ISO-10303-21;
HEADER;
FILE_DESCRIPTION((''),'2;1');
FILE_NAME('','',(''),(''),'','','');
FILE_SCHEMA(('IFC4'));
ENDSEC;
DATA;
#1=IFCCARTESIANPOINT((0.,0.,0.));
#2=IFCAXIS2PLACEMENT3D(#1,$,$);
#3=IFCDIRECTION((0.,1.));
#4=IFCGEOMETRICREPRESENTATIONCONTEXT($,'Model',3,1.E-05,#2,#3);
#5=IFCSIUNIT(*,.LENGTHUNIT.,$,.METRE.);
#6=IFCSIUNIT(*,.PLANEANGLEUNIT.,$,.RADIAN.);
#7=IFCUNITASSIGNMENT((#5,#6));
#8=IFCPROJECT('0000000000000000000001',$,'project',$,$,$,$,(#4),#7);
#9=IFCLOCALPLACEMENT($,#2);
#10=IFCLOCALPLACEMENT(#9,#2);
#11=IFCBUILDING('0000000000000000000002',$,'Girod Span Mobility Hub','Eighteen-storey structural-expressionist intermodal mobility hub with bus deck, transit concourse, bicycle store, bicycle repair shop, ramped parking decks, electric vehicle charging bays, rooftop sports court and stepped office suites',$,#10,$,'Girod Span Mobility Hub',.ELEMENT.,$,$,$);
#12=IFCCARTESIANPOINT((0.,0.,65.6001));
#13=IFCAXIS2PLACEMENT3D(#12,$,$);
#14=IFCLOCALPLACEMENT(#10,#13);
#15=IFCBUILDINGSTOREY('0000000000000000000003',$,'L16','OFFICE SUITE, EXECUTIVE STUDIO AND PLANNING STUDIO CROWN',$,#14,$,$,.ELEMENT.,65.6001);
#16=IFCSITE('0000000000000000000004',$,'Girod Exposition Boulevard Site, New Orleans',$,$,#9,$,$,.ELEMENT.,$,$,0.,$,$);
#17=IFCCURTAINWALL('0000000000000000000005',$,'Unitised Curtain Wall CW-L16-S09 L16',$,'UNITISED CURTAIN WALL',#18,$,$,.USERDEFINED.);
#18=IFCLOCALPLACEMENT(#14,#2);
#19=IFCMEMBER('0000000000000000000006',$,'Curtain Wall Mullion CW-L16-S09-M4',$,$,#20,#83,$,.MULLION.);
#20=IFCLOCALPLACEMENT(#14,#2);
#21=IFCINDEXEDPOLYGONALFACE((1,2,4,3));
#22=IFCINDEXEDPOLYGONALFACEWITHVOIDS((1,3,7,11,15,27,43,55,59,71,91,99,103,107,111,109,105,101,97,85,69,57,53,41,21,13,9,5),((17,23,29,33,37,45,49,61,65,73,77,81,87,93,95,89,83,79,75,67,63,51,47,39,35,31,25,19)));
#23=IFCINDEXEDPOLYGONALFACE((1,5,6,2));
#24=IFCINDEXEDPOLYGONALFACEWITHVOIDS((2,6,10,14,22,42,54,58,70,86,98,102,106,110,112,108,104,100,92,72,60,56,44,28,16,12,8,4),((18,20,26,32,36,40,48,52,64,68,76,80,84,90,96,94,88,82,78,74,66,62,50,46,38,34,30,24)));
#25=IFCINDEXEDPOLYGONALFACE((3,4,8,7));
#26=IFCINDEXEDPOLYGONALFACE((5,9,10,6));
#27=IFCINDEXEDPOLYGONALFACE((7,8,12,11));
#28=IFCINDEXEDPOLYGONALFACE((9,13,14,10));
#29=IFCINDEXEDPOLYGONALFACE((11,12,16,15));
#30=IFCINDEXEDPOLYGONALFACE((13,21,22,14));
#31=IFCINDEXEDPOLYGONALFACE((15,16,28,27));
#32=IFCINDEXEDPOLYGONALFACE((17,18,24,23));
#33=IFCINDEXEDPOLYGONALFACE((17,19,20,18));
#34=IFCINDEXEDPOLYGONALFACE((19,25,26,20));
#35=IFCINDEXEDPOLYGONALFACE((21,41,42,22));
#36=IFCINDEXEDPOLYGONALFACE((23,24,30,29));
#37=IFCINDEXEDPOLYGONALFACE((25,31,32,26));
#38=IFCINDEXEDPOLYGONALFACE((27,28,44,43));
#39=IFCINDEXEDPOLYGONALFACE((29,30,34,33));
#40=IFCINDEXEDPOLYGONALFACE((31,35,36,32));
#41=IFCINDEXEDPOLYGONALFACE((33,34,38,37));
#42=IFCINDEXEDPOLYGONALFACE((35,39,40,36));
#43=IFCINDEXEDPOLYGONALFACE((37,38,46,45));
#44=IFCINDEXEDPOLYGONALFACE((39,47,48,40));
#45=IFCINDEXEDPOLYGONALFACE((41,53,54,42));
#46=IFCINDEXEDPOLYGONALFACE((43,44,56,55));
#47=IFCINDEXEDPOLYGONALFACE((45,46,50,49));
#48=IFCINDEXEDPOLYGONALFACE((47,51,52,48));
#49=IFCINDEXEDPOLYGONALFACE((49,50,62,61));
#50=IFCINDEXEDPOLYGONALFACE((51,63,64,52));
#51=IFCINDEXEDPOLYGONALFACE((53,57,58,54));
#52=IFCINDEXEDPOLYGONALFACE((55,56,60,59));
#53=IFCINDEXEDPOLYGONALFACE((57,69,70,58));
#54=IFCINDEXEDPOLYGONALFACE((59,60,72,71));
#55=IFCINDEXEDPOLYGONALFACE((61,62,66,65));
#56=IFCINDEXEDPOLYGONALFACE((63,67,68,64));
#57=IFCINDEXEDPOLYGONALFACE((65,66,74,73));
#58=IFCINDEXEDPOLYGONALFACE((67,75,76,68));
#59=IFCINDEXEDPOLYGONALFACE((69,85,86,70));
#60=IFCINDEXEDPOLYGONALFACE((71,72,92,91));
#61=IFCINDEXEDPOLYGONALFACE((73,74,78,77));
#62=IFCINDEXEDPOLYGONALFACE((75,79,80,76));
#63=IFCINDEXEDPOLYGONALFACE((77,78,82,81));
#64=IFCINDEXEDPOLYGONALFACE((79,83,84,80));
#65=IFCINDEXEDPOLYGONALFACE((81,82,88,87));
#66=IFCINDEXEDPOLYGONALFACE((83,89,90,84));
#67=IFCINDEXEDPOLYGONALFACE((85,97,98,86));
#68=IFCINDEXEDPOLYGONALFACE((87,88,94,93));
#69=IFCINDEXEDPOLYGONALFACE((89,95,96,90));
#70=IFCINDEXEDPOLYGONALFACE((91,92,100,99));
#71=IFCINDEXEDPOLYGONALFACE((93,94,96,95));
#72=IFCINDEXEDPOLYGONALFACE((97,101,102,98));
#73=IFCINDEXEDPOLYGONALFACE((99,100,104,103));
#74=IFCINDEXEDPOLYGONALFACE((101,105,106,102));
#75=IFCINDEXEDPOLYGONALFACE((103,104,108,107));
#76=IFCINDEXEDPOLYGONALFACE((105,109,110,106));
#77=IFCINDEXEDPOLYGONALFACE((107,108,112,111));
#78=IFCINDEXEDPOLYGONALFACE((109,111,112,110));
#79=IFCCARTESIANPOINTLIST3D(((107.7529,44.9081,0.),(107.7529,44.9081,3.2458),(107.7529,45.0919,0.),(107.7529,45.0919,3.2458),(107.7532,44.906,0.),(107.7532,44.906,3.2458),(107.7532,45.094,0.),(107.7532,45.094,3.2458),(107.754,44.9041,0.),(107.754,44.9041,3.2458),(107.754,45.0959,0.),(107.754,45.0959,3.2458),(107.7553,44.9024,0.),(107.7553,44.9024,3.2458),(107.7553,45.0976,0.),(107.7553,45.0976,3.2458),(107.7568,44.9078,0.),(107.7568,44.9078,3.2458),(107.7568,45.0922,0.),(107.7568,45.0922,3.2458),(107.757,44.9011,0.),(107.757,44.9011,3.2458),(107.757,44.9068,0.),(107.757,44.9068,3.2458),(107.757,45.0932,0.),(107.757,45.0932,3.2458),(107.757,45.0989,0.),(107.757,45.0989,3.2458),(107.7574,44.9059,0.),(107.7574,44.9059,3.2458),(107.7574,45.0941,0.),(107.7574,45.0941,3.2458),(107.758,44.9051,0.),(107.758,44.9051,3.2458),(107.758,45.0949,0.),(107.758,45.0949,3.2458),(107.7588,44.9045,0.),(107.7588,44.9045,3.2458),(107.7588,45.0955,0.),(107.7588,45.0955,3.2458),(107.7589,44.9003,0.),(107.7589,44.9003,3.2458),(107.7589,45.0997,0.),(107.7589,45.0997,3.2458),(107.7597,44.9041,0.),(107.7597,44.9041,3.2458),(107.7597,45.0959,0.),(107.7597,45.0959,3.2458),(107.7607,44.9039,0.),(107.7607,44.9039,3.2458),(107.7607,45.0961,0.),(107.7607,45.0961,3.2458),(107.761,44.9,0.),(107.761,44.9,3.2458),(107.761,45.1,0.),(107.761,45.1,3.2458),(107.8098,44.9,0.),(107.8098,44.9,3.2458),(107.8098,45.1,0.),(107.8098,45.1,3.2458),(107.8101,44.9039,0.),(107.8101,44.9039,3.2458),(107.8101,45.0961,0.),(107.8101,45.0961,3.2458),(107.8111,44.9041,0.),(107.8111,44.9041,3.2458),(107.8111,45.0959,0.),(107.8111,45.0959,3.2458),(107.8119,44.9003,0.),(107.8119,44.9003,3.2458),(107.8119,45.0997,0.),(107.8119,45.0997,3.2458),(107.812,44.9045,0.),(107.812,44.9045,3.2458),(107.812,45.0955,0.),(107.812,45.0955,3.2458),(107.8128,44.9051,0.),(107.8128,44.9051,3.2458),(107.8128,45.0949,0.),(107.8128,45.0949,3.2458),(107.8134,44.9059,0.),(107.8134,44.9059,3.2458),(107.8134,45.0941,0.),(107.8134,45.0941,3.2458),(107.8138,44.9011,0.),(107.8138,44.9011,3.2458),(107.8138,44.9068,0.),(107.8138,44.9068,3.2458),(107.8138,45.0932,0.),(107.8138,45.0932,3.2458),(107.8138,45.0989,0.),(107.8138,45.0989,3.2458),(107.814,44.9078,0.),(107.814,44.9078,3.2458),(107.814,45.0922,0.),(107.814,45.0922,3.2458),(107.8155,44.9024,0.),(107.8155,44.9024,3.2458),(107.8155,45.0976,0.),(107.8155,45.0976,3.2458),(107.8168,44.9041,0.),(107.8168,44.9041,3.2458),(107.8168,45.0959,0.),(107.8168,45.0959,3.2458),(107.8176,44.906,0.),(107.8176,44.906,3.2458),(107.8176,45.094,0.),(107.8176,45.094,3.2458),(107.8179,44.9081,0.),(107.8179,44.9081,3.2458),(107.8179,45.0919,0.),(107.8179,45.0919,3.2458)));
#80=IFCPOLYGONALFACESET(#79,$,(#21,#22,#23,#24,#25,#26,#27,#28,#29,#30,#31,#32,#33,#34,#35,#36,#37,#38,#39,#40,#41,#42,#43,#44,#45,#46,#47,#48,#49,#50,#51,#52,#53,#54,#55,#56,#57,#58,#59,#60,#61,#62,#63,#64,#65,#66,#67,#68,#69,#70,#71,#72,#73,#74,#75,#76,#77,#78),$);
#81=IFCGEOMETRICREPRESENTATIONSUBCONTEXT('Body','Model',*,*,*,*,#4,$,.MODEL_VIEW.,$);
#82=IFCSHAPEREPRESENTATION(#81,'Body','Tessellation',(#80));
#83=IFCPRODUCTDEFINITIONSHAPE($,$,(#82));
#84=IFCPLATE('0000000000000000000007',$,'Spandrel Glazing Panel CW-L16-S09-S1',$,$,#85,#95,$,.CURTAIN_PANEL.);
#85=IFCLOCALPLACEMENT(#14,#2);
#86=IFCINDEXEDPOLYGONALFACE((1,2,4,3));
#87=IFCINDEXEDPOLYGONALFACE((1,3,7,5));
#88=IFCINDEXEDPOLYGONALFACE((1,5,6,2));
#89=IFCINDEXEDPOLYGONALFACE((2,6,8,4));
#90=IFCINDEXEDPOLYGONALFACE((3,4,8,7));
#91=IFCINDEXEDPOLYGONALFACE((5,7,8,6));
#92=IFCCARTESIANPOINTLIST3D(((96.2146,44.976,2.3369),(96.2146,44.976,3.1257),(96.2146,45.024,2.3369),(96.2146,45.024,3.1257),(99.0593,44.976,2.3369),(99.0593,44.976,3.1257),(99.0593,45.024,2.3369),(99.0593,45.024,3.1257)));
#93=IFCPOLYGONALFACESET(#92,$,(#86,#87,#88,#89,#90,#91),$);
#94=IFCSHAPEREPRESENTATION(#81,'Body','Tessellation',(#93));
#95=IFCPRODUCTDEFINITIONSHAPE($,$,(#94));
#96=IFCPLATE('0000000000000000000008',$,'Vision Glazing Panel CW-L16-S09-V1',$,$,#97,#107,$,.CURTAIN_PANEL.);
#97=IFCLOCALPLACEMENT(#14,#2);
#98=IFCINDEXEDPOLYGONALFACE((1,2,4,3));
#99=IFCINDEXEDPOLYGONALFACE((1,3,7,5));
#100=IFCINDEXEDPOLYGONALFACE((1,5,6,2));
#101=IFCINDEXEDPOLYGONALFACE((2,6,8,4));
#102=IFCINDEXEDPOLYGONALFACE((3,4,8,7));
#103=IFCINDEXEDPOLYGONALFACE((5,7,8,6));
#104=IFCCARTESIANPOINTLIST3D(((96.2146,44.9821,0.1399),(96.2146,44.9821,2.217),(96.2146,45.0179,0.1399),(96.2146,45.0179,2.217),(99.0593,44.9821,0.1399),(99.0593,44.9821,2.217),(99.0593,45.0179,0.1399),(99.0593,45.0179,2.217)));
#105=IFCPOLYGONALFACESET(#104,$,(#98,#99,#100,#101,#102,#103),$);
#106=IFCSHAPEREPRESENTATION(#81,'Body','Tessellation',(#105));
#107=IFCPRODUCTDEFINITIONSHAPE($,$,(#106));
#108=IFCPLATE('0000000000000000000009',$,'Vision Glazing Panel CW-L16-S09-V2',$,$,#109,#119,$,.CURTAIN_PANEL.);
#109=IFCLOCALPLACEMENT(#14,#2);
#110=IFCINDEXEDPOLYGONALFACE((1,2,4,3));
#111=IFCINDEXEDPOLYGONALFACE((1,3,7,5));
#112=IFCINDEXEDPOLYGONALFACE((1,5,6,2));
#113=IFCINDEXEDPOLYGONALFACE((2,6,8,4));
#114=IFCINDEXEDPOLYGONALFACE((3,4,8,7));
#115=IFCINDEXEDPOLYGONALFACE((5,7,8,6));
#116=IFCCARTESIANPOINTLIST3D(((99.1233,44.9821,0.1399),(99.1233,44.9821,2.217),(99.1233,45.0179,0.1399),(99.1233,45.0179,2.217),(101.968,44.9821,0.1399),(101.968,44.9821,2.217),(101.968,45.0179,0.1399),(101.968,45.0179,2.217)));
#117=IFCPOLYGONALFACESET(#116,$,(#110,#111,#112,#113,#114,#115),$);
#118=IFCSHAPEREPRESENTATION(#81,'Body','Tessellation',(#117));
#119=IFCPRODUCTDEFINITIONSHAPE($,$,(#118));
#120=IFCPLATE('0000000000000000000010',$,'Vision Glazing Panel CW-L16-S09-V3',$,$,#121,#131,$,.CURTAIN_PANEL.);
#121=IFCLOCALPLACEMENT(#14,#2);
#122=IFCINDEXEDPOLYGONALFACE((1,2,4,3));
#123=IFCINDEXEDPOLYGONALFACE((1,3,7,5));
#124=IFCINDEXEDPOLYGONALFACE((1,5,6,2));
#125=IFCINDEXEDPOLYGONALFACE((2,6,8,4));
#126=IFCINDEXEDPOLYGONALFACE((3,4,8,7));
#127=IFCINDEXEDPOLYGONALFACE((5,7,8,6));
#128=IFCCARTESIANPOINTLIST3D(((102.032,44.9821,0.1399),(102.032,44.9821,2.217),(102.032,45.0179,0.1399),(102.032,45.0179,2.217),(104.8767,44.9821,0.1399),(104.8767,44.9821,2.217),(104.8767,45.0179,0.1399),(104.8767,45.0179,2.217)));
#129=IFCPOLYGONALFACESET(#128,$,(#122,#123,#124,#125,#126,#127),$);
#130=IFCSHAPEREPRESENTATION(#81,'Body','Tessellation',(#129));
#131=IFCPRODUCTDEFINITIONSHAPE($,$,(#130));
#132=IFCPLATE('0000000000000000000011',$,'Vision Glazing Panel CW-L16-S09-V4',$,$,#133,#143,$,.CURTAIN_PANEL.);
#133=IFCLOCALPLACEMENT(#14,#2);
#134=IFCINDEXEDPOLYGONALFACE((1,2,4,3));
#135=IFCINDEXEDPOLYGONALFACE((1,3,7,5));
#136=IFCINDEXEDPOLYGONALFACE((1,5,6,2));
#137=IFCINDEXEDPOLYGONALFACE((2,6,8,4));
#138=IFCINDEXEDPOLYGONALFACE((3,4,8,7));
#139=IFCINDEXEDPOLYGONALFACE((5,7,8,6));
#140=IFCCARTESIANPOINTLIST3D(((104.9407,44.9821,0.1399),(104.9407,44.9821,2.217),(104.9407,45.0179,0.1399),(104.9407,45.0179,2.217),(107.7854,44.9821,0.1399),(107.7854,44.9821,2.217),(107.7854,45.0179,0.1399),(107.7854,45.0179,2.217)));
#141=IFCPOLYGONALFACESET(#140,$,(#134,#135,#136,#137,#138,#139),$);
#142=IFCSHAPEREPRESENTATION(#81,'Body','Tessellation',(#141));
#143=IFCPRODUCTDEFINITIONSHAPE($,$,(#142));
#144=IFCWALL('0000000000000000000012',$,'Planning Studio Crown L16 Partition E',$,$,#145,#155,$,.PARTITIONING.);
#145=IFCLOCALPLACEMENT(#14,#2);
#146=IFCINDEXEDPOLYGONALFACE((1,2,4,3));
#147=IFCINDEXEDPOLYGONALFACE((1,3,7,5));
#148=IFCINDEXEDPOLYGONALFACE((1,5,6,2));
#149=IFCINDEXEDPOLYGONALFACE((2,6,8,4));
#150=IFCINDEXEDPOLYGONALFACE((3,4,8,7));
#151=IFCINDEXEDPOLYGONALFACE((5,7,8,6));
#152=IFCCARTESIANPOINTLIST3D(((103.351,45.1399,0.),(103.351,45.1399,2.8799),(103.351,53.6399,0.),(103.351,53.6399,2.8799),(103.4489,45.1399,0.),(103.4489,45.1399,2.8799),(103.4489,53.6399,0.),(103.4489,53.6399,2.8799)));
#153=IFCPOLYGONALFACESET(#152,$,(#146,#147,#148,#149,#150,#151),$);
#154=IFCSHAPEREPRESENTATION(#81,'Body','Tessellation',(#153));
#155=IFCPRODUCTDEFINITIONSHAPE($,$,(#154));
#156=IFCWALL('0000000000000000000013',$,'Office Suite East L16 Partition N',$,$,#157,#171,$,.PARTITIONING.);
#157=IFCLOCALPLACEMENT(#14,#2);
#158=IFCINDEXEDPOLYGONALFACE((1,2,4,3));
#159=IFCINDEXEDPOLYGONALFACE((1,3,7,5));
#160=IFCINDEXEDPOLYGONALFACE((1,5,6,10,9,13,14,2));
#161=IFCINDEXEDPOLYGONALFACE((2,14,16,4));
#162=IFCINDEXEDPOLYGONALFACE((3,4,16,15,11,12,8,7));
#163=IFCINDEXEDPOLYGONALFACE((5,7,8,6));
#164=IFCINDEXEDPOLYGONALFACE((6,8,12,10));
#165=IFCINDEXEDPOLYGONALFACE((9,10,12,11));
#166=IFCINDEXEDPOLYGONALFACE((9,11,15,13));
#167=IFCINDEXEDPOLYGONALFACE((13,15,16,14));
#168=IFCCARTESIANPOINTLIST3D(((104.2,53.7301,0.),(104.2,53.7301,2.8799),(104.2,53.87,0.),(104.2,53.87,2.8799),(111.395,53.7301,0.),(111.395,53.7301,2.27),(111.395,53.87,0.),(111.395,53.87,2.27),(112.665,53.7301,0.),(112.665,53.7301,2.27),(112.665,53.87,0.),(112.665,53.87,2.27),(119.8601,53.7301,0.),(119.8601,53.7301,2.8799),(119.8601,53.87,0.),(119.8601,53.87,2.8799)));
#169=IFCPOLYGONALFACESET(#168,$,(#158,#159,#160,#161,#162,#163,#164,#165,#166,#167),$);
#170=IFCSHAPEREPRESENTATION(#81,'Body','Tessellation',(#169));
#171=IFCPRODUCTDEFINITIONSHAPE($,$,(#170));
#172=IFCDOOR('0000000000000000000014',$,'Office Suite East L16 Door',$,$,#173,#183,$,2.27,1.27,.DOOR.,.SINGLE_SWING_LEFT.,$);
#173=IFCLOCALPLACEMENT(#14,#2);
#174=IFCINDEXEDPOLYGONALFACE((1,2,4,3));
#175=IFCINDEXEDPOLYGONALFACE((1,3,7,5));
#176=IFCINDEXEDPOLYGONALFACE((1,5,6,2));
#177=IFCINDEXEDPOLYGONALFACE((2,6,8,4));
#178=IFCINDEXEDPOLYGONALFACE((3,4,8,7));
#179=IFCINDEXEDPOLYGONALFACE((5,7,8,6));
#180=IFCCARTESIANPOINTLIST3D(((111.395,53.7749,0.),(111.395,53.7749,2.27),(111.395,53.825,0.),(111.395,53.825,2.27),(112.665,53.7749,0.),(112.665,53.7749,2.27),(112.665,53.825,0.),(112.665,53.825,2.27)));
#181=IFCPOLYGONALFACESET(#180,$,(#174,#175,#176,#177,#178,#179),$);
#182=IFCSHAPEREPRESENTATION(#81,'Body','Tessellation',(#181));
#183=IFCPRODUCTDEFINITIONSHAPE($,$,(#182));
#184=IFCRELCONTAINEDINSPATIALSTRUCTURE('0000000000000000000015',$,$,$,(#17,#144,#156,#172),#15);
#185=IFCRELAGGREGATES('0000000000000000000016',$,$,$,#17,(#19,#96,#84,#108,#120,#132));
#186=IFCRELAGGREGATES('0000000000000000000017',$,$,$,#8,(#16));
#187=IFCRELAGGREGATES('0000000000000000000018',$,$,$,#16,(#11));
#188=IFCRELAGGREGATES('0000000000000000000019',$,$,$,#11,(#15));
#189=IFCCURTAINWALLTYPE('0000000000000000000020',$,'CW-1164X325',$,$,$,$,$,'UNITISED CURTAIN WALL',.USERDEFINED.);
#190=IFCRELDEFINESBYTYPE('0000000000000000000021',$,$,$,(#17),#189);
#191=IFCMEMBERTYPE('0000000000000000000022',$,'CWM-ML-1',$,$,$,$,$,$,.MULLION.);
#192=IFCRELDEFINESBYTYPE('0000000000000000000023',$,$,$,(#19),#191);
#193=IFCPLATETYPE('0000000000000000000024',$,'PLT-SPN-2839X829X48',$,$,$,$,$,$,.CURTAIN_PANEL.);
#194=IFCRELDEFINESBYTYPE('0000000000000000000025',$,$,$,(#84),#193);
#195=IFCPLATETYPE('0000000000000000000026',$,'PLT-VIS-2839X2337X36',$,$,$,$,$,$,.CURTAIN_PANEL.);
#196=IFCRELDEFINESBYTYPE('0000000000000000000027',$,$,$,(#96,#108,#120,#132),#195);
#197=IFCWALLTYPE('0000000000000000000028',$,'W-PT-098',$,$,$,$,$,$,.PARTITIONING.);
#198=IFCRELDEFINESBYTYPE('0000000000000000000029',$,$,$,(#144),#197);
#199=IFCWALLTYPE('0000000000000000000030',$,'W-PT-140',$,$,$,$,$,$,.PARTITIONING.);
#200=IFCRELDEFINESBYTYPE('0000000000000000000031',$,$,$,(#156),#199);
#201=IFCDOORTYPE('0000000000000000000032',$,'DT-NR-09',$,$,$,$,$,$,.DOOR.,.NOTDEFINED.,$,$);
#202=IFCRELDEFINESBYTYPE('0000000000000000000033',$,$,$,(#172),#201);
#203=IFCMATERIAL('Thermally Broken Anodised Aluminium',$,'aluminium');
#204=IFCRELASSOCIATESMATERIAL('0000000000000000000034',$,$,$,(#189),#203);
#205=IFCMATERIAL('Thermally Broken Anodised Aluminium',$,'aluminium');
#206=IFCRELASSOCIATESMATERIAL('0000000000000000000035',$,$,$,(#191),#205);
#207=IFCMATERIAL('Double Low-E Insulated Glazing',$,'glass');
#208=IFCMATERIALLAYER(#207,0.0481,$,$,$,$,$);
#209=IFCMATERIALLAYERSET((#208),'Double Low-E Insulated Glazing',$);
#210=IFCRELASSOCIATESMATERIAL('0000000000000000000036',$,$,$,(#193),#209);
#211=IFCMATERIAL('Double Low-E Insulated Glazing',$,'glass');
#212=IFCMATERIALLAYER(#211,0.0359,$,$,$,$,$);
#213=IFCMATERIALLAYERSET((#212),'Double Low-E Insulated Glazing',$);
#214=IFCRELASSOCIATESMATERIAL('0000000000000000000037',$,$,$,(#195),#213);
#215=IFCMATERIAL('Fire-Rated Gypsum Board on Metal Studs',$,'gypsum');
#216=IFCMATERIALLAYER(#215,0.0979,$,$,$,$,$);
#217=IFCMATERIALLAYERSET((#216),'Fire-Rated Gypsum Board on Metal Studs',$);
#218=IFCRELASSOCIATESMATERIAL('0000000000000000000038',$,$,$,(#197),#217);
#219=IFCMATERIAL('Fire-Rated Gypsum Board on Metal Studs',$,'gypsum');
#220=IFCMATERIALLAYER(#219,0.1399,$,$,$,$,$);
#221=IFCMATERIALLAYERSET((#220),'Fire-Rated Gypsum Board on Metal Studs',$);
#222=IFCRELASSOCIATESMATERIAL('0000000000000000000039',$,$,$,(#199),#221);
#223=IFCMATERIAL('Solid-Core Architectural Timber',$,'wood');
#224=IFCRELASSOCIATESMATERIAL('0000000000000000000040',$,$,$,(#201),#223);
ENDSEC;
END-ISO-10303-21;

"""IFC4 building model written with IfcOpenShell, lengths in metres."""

from ifc_helpers import new_model, si_unit, direction, frame, frame_2d, origin, origin_2d, place, context, subcontext, project, spatial, rectangle, hollow_rectangle, extrude, material, layer, layer_set, material_profile, profile_set, type_object, element, fill, aggregate, save


model = new_model("IFC4")

# Units and contexts
model_context = context("Model", 3, precision=1e-05, world=origin(), true_north=direction((0.0, 1.0)))
body_context = subcontext(model_context, "Body", "Model", "MODEL_VIEW")
ifc_project = project(units=[si_unit("LENGTHUNIT", "METRE"), si_unit("PLANEANGLEUNIT", "RADIAN")], contexts=[model_context])

# Site, building, storey
site_placement = place(None, origin())
site = spatial("IfcSite", under=ifc_project, at=site_placement, Name="Girod Exposition Boulevard Site, New Orleans", CompositionType="ELEMENT", RefElevation=0.0)
building_placement = place(site_placement, origin())
building = spatial("IfcBuilding", under=site, at=building_placement, Name="Girod Span Mobility Hub", Description="Eighteen-storey structural-expressionist intermodal mobility hub with bus deck, transit concourse, bicycle store, bicycle repair shop, ramped parking decks, electric vehicle charging bays, rooftop sports court and stepped office suites", LongName="Girod Span Mobility Hub", CompositionType="ELEMENT")
storey_placement = place(building_placement, frame((0.0, 0.0, 65.6001)))
storey = spatial("IfcBuildingStorey", under=building, at=storey_placement, Name="L16", Description="OFFICE SUITE, EXECUTIVE STUDIO AND PLANNING STUDIO CROWN", CompositionType="ELEMENT", Elevation=65.6001)

# Curtain wall, member, plates
ifc_material_1 = material(Name="Thermally Broken Anodised Aluminium", Category="aluminium")
curtain_wall_type = type_object("IfcCurtainWallType", Name="CW-1164X325", ElementType="UNITISED CURTAIN WALL", PredefinedType="USERDEFINED", material=ifc_material_1)
curtain_wall_placement = place(storey_placement, origin())
curtain_wall = element("IfcCurtainWall", 1, at=curtain_wall_placement, inside=storey, type_object=curtain_wall_type, Name="Unitised Curtain Wall CW-L16-S09 L16", ObjectType="UNITISED CURTAIN WALL", PredefinedType="USERDEFINED")
ifc_material_2 = material(Name="Thermally Broken Anodised Aluminium", Category="aluminium")
ifc_material_profile_1 = material_profile(ifc_material_2, hollow_rectangle(XDim=0.2, YDim=0.0649, WallThickness=0.0039, InnerFilletRadius=0.0039, OuterFilletRadius=0.0081, at=origin_2d()), Name="CW-ML-65X200")
ifc_profile_set_1 = profile_set([ifc_material_profile_1], Name="Thermally Broken Anodised Aluminium")
member_type = type_object("IfcMemberType", Name="CWM-ML-1", PredefinedType="MULLION", material=ifc_profile_set_1)
member_1_placement = place(storey_placement, frame((107.7854, 45.0, 0.0), z_axis=(0.0, 0.0, 1.0), x_axis=(0.0, 1.0, 0.0)))
member_1 = element("IfcMember", 2, at=member_1_placement, type_object=member_type, Name="Curtain Wall Mullion CW-L16-S09-M4", PredefinedType="MULLION", context=body_context, shape_type="SweptSolid", body=[
    extrude(hollow_rectangle(XDim=0.2, YDim=0.0649, WallThickness=0.0039, InnerFilletRadius=0.0039, OuterFilletRadius=0.0081, at=origin_2d()), origin(), (0.0, 0.0, 1.0), 3.2458),
])
ifc_material_3 = material(Name="Double Low-E Insulated Glazing", Category="glass")
ifc_layer_1 = layer(ifc_material_3, 0.0481)
ifc_layer_set_1 = layer_set([ifc_layer_1], Name="Double Low-E Insulated Glazing")
plate_type_1 = type_object("IfcPlateType", Name="PLT-SPN-2839X829X48", PredefinedType="CURTAIN_PANEL", material=ifc_layer_set_1)
plate_1_placement = place(storey_placement, frame((97.637, 45.0, 2.3369), z_axis=(0.0, 0.0, 1.0), x_axis=(1.0, 0.0, 0.0)))
plate_1 = element("IfcPlate", 3, at=plate_1_placement, type_object=plate_type_1, Name="Spandrel Glazing Panel CW-L16-S09-S1", PredefinedType="CURTAIN_PANEL", context=body_context, shape_type="SweptSolid", body=[
    extrude(rectangle(XDim=2.8447, YDim=0.0481, at=origin_2d()), origin(), (0.0, 0.0, 1.0), 0.7888),
])
ifc_material_4 = material(Name="Double Low-E Insulated Glazing", Category="glass")
ifc_layer_2 = layer(ifc_material_4, 0.0359)
ifc_layer_set_2 = layer_set([ifc_layer_2], Name="Double Low-E Insulated Glazing")
plate_type_2 = type_object("IfcPlateType", Name="PLT-VIS-2839X2337X36", PredefinedType="CURTAIN_PANEL", material=ifc_layer_set_2)
plate_2_placement = place(storey_placement, frame((97.637, 45.0, 0.1399), z_axis=(0.0, 0.0, 1.0), x_axis=(1.0, 0.0, 0.0)))
plate_2 = element("IfcPlate", 4, at=plate_2_placement, type_object=plate_type_2, Name="Vision Glazing Panel CW-L16-S09-V1", PredefinedType="CURTAIN_PANEL", context=body_context, shape_type="SweptSolid", body=[
    extrude(rectangle(XDim=2.8447, YDim=0.0359, at=origin_2d()), origin(), (0.0, 0.0, 1.0), 2.0771),
])
plate_3_placement = place(storey_placement, frame((100.5457, 45.0, 0.1399), z_axis=(0.0, 0.0, 1.0), x_axis=(1.0, 0.0, 0.0)))
plate_3 = element("IfcPlate", 5, at=plate_3_placement, type_object=plate_type_2, Name="Vision Glazing Panel CW-L16-S09-V2", PredefinedType="CURTAIN_PANEL", context=body_context, shape_type="SweptSolid", body=[
    extrude(rectangle(XDim=2.8447, YDim=0.0359, at=origin_2d()), origin(), (0.0, 0.0, 1.0), 2.0771),
])
plate_4_placement = place(storey_placement, frame((103.4543, 45.0, 0.1399), z_axis=(0.0, 0.0, 1.0), x_axis=(1.0, 0.0, 0.0)))
plate_4 = element("IfcPlate", 6, at=plate_4_placement, type_object=plate_type_2, Name="Vision Glazing Panel CW-L16-S09-V3", PredefinedType="CURTAIN_PANEL", context=body_context, shape_type="SweptSolid", body=[
    extrude(rectangle(XDim=2.8447, YDim=0.0359, at=origin_2d()), origin(), (0.0, 0.0, 1.0), 2.0771),
])
plate_5_placement = place(storey_placement, frame((106.363, 45.0, 0.1399), z_axis=(0.0, 0.0, 1.0), x_axis=(1.0, 0.0, 0.0)))
plate_5 = element("IfcPlate", 7, at=plate_5_placement, type_object=plate_type_2, Name="Vision Glazing Panel CW-L16-S09-V4", PredefinedType="CURTAIN_PANEL", context=body_context, shape_type="SweptSolid", body=[
    extrude(rectangle(XDim=2.8447, YDim=0.0359, at=origin_2d()), origin(), (0.0, 0.0, 1.0), 2.0771),
])
aggregate(curtain_wall, [member_1, plate_2, plate_1, plate_3, plate_4, plate_5])

# Wall
ifc_material_5 = material(Name="Fire-Rated Gypsum Board on Metal Studs", Category="gypsum")
ifc_layer_3 = layer(ifc_material_5, 0.0979)
ifc_layer_set_3 = layer_set([ifc_layer_3], Name="Fire-Rated Gypsum Board on Metal Studs")
wall_type_1 = type_object("IfcWallType", Name="W-PT-098", PredefinedType="PARTITIONING", material=ifc_layer_set_3)
wall_1_placement = place(storey_placement, frame((103.3999, 45.1399, 0.0), z_axis=(0.0, 0.0, 1.0), x_axis=(0.0, 1.0, 0.0)))
element("IfcWall", 8, at=wall_1_placement, inside=storey, type_object=wall_type_1, Name="Planning Studio Crown L16 Partition E", PredefinedType="PARTITIONING", context=body_context, shape_type="SweptSolid", body=[
    extrude(rectangle(XDim=8.5, YDim=0.0979, at=frame_2d((4.25, 0.0))), origin(), (0.0, 0.0, 1.0), 2.8799),
])

# Wall, opening, door
ifc_material_6 = material(Name="Fire-Rated Gypsum Board on Metal Studs", Category="gypsum")
ifc_layer_4 = layer(ifc_material_6, 0.1399)
ifc_layer_set_4 = layer_set([ifc_layer_4], Name="Fire-Rated Gypsum Board on Metal Studs")
wall_type_2 = type_object("IfcWallType", Name="W-PT-140", PredefinedType="PARTITIONING", material=ifc_layer_set_4)
wall_2_placement = place(storey_placement, frame((104.2, 53.8, 0.0), z_axis=(0.0, 0.0, 1.0), x_axis=(1.0, 0.0, 0.0)))
wall_2 = element("IfcWall", 9, at=wall_2_placement, inside=storey, type_object=wall_type_2, Name="Office Suite East L16 Partition N", PredefinedType="PARTITIONING", context=body_context, shape_type="SweptSolid", body=[
    extrude(rectangle(XDim=15.6602, YDim=0.1399, at=frame_2d((7.8301, 0.0))), origin(), (0.0, 0.0, 1.0), 2.8799),
])
opening_placement = place(wall_2_placement, frame((7.1951, 0.0, 0.0)))
opening = element("IfcOpeningElement", 10, at=opening_placement, cuts=wall_2, PredefinedType="OPENING", context=body_context, shape_type="SweptSolid", body=[
    extrude(rectangle(XDim=1.27, YDim=2.27, at=frame_2d((0.635, 1.135))), frame((0.0, 0.085, 0.0), z_axis=(0.0, -1.0, 0.0), x_axis=(1.0, 0.0, 0.0)), (0.0, 0.0, 1.0), 0.1699),
])
ifc_material_7 = material(Name="Solid-Core Architectural Timber", Category="wood")
door_type = type_object("IfcDoorType", Name="DT-NR-09", OperationType="NOTDEFINED", PredefinedType="DOOR", material=ifc_material_7)
door_placement = place(opening_placement, origin())
door = element("IfcDoor", 11, at=door_placement, inside=storey, type_object=door_type, Name="Office Suite East L16 Door", OperationType="SINGLE_SWING_LEFT", OverallHeight=2.27, OverallWidth=1.27, PredefinedType="DOOR", context=body_context, shape_type="SweptSolid", body=[
    extrude(rectangle(XDim=1.27, YDim=2.27, at=frame_2d((0.635, 1.135))), frame((0.0, 0.0249, 0.0), z_axis=(0.0, -1.0, 0.0), x_axis=(1.0, 0.0, 0.0)), (0.0, 0.0, 1.0), 0.05),
])
fill(opening, door)

save(model, "model.ifc")
